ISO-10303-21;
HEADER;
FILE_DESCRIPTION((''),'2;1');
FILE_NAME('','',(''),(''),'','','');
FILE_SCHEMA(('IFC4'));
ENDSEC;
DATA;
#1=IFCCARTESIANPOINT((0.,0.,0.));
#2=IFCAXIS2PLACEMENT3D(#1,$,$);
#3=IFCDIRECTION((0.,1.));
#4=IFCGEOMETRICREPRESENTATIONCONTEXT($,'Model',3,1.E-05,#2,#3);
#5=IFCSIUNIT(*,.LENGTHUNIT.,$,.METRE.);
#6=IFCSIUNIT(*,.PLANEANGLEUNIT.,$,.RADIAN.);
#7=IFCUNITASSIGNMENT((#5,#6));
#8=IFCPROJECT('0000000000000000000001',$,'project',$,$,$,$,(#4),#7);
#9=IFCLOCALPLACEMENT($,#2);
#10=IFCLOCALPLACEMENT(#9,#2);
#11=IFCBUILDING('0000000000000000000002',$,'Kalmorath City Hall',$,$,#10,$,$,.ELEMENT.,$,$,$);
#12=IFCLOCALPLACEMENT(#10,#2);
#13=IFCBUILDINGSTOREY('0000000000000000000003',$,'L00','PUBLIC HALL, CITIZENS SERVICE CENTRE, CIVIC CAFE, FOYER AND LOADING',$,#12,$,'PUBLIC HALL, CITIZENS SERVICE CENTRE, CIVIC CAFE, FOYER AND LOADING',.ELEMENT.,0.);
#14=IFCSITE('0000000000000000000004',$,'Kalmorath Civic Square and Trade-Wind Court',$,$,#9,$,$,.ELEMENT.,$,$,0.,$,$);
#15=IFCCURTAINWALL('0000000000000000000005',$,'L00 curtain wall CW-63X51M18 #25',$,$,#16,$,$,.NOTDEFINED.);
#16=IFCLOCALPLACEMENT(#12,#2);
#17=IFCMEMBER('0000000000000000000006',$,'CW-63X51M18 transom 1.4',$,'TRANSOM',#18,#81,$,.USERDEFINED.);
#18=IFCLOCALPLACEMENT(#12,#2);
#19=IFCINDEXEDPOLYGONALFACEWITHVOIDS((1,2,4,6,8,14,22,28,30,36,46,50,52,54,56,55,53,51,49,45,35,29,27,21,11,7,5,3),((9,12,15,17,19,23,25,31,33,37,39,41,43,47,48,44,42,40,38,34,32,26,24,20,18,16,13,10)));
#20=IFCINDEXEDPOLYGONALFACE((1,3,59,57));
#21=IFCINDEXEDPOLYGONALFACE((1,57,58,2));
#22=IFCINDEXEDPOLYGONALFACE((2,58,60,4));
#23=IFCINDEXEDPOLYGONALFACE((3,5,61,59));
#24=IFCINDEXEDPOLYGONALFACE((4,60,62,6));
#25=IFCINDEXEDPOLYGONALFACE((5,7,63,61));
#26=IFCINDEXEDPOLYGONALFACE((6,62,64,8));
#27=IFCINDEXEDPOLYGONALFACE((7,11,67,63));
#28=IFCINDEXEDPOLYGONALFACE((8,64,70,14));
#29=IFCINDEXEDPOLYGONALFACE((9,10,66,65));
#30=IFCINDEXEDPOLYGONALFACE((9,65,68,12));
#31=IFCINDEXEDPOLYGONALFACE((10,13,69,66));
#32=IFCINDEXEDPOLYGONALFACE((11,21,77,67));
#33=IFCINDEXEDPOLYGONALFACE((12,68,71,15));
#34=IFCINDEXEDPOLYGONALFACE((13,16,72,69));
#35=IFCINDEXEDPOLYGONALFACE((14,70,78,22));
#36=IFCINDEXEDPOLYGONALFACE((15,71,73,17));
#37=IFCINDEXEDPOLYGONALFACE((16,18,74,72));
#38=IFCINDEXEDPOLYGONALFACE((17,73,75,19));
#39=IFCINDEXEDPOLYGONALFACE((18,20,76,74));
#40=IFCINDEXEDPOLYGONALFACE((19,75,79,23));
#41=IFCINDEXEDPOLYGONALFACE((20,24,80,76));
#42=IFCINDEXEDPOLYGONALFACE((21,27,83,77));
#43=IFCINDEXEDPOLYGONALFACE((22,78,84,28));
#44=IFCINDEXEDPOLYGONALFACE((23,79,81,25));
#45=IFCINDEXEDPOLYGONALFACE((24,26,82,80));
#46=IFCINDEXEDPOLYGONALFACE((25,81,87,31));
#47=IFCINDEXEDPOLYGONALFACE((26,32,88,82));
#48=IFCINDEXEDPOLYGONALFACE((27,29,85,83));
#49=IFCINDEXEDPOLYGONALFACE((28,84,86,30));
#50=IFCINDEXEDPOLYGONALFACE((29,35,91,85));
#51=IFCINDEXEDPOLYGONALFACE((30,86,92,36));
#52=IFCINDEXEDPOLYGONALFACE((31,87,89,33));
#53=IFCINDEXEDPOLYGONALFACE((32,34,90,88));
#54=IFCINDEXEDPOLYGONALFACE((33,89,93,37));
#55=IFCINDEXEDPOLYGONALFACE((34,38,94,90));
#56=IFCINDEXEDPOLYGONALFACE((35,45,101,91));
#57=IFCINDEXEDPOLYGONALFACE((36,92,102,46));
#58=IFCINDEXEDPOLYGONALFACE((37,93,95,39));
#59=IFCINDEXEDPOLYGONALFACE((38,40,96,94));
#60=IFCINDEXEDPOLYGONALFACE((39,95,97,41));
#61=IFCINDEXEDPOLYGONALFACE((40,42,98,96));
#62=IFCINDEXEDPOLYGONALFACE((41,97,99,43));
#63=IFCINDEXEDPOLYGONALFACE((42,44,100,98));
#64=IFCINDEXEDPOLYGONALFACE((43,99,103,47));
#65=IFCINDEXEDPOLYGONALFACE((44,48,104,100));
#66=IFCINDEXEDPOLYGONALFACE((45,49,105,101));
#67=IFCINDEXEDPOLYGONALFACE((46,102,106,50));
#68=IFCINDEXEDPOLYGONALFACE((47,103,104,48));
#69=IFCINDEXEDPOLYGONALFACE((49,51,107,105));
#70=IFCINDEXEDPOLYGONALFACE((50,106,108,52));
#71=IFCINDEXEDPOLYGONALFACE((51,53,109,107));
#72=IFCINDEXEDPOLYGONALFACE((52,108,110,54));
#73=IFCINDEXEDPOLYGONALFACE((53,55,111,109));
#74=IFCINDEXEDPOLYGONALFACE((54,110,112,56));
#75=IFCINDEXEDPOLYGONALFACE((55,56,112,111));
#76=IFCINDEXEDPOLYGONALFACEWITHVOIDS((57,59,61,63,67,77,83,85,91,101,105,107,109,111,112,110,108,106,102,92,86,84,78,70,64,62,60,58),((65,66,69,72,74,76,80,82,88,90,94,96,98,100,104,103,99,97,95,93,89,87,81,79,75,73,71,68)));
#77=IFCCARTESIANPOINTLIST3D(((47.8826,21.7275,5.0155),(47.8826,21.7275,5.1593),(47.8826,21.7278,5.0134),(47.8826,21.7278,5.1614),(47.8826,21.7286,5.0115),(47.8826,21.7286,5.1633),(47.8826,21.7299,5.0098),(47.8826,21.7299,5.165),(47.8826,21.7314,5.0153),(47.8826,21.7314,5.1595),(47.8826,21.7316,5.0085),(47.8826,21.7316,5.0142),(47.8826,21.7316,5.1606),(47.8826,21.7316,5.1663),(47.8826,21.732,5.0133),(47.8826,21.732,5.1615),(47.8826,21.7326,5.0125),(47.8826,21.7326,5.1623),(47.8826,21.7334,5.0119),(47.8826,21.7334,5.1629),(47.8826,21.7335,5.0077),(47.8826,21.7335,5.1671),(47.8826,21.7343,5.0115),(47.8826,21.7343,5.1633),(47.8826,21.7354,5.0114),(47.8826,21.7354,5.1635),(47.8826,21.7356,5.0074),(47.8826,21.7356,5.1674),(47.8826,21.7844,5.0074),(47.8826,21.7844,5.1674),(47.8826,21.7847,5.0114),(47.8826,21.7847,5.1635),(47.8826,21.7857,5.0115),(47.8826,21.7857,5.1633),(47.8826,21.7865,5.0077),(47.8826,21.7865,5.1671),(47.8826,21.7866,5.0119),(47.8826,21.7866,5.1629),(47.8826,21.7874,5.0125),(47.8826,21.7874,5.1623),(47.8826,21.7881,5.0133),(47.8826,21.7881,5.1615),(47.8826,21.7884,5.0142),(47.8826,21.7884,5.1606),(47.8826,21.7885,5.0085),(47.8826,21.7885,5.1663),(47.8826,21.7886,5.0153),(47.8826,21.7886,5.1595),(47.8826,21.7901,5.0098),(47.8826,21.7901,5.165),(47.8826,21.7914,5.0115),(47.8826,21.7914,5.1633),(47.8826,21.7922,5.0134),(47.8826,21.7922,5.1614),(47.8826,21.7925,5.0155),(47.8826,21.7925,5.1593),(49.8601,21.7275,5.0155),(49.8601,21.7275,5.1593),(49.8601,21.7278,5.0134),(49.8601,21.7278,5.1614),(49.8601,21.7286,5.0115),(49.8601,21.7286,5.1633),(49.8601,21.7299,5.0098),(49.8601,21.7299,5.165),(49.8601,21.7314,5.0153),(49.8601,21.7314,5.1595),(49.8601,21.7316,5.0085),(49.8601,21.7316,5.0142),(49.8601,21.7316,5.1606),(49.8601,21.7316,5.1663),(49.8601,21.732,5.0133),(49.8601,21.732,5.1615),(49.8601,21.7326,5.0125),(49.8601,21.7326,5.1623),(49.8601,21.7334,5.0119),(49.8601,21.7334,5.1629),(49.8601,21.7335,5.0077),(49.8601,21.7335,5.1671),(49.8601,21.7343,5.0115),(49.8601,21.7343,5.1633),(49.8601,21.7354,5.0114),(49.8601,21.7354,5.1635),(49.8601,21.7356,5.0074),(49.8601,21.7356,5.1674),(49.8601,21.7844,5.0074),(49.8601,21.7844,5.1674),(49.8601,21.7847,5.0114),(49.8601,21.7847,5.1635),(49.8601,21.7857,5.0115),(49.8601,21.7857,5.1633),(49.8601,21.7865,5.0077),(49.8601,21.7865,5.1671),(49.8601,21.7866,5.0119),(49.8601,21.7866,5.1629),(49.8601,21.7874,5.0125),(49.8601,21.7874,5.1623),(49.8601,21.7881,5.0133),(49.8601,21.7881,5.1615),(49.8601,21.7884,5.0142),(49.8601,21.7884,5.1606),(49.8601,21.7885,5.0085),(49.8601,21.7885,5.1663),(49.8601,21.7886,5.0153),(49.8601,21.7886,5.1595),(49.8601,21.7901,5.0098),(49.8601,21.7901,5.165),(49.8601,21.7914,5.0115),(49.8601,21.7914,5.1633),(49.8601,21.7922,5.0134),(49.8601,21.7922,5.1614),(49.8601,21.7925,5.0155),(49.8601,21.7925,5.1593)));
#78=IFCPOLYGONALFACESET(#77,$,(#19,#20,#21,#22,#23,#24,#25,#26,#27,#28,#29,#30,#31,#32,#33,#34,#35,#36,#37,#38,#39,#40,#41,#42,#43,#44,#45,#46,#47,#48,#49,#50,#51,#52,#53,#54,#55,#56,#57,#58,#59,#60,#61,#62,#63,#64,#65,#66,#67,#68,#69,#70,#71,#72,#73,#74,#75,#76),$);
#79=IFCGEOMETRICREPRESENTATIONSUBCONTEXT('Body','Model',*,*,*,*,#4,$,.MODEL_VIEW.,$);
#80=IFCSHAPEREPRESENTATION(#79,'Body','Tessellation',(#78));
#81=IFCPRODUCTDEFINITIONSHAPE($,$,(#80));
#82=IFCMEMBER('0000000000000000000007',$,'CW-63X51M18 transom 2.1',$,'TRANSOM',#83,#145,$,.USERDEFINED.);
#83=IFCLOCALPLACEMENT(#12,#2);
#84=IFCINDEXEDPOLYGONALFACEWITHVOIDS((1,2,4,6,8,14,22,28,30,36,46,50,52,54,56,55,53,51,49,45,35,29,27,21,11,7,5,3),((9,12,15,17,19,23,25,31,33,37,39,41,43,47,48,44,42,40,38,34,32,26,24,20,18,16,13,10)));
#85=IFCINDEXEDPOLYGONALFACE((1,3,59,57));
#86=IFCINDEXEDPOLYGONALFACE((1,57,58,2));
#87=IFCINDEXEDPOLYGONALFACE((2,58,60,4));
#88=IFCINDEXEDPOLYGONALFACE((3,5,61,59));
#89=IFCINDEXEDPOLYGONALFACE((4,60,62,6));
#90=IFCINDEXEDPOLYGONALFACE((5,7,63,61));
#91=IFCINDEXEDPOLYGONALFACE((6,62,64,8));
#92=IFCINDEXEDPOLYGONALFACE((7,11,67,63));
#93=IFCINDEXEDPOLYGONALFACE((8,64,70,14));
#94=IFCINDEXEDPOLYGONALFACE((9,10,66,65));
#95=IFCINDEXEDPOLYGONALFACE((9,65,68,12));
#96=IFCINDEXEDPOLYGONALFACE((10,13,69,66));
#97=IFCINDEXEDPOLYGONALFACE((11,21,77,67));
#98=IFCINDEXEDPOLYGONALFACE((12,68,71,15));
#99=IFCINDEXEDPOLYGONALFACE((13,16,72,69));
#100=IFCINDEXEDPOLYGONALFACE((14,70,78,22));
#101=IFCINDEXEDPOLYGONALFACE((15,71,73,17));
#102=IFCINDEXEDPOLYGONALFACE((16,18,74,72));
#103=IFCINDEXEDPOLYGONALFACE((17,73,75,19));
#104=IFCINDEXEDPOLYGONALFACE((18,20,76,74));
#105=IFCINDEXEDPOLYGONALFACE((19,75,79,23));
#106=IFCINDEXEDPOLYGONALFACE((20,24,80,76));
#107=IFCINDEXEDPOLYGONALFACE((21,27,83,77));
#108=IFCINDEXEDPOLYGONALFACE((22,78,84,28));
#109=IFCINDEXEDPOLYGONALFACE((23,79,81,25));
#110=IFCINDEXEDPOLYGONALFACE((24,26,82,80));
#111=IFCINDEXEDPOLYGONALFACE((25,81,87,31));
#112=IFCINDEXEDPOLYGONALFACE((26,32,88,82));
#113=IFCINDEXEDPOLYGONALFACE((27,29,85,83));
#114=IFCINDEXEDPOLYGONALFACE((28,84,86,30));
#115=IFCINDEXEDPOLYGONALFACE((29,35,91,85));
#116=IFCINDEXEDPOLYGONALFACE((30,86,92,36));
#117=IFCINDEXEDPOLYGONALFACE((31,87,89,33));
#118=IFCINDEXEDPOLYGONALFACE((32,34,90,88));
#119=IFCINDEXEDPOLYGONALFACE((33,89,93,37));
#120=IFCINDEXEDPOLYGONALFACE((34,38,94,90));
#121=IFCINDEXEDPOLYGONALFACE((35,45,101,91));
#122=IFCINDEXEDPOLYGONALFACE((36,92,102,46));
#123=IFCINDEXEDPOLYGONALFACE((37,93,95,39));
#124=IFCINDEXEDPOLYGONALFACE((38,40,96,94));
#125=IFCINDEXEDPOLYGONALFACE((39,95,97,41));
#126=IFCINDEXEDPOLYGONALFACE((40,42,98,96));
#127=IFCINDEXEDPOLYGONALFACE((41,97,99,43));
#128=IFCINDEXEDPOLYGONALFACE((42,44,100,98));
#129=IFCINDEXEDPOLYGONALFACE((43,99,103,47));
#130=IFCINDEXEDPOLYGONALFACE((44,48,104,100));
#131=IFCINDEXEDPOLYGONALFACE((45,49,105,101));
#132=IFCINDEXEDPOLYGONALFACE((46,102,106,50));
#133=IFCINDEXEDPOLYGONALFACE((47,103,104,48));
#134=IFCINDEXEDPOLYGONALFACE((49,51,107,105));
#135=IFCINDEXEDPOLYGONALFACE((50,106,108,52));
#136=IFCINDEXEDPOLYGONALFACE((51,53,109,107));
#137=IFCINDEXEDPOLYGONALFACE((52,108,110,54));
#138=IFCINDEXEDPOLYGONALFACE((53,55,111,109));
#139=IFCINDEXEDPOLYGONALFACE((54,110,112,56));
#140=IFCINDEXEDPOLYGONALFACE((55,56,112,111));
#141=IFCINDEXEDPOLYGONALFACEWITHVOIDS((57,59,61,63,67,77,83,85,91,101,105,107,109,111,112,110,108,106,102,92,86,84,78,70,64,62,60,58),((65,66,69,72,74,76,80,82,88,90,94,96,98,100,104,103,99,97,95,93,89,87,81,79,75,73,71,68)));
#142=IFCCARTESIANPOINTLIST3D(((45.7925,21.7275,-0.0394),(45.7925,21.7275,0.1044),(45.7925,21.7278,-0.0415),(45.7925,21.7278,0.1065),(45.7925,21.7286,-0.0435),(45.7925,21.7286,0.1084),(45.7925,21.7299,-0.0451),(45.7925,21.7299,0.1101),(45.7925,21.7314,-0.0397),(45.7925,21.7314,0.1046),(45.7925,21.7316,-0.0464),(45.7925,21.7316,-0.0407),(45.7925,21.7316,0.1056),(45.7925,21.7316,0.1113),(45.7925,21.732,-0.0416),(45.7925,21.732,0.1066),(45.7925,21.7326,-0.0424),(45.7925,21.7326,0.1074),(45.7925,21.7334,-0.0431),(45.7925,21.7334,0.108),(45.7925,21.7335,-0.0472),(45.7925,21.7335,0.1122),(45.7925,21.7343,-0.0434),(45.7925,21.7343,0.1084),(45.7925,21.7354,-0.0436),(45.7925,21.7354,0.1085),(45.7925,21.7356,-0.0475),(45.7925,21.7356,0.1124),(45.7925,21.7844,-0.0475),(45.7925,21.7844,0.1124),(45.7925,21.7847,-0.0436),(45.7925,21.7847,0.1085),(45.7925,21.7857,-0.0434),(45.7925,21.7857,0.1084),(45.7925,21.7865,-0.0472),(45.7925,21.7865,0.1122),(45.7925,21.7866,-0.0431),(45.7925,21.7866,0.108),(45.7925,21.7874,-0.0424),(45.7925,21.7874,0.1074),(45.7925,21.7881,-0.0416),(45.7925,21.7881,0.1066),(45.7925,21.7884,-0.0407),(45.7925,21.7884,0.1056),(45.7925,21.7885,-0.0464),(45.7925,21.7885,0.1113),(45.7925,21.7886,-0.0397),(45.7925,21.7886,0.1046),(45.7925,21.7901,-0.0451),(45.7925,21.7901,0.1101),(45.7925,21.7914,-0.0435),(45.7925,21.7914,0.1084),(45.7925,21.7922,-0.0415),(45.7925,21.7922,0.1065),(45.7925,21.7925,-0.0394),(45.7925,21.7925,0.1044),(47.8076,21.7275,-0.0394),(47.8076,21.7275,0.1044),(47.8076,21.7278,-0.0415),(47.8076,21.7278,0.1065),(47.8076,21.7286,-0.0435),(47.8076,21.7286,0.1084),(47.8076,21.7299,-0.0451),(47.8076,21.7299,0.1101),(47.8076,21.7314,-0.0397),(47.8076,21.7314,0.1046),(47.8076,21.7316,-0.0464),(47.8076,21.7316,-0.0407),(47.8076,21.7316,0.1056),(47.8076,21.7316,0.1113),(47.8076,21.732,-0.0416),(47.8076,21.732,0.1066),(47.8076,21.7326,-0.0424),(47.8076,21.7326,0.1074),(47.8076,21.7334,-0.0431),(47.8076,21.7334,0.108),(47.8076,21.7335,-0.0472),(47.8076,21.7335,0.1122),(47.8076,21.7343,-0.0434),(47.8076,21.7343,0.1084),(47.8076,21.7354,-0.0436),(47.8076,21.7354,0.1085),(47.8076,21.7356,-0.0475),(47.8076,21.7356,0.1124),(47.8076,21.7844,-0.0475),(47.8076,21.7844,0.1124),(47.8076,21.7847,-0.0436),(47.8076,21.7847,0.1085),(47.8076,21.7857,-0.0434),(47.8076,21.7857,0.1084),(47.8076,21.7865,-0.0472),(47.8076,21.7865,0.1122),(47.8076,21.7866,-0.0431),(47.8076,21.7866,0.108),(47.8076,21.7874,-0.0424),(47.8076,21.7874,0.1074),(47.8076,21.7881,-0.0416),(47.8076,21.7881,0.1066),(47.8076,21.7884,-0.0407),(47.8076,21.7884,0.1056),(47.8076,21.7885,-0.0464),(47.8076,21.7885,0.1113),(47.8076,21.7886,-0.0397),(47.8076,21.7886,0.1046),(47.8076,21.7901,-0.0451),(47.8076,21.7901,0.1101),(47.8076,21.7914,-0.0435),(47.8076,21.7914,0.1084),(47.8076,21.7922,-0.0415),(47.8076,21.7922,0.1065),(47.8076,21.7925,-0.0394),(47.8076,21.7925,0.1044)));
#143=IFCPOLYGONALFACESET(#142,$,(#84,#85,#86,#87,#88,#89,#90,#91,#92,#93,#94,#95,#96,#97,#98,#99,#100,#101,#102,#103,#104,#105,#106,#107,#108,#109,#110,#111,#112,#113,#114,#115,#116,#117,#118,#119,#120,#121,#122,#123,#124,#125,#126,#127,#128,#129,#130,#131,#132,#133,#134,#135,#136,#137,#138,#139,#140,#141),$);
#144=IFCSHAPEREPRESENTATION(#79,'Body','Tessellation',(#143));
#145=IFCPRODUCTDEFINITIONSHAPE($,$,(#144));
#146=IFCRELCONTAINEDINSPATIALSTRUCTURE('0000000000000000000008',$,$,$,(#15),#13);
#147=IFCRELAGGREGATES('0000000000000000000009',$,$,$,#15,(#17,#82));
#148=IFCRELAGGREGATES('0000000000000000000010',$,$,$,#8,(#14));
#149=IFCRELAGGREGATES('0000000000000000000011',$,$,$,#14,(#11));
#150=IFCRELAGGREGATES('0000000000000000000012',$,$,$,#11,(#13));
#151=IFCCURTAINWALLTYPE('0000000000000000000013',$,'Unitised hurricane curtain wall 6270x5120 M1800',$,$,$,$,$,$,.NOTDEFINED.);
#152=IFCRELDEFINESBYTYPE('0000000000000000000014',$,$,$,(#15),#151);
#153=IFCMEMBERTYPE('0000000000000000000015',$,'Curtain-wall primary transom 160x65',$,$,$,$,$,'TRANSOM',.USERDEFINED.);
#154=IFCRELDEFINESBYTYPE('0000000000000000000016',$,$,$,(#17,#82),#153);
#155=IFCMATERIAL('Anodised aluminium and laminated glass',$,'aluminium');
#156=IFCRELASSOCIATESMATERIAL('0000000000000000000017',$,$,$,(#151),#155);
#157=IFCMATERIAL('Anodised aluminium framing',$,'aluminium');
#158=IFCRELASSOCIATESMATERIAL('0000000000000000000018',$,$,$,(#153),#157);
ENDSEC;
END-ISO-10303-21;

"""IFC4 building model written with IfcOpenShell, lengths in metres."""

from ifc_helpers import new_model, si_unit, direction, frame, origin, origin_2d, place, context, subcontext, project, spatial, hollow_rectangle, extrude, material, material_profile, profile_set, type_object, element, aggregate, save


model = new_model("IFC4")

# Units and contexts
model_context = context("Model", 3, precision=1e-05, world=origin(), true_north=direction((0.0, 1.0)))
body_context = subcontext(model_context, "Body", "Model", "MODEL_VIEW")
ifc_project = project(units=[si_unit("LENGTHUNIT", "METRE"), si_unit("PLANEANGLEUNIT", "RADIAN")], contexts=[model_context])

# Site, building, storey
site_placement = place(None, origin())
site = spatial("IfcSite", under=ifc_project, at=site_placement, Name="Kalmorath Civic Square and Trade-Wind Court", CompositionType="ELEMENT", RefElevation=0.0)
building_placement = place(site_placement, origin())
building = spatial("IfcBuilding", under=site, at=building_placement, Name="Kalmorath City Hall", CompositionType="ELEMENT")
storey_placement = place(building_placement, origin())
storey = spatial("IfcBuildingStorey", under=building, at=storey_placement, Name="L00", Description="PUBLIC HALL, CITIZENS SERVICE CENTRE, CIVIC CAFE, FOYER AND LOADING", LongName="PUBLIC HALL, CITIZENS SERVICE CENTRE, CIVIC CAFE, FOYER AND LOADING", CompositionType="ELEMENT", Elevation=0.0)

# Curtain wall, members
ifc_material_1 = material(Name="Anodised aluminium and laminated glass", Category="aluminium")
curtain_wall_type = type_object("IfcCurtainWallType", Name="Unitised hurricane curtain wall 6270x5120 M1800", PredefinedType="NOTDEFINED", material=ifc_material_1)
curtain_wall_placement = place(storey_placement, origin())
curtain_wall = element("IfcCurtainWall", 1, at=curtain_wall_placement, inside=storey, type_object=curtain_wall_type, Name="L00 curtain wall CW-63X51M18 #25", PredefinedType="NOTDEFINED")
ifc_material_2 = material(Name="Anodised aluminium framing", Category="aluminium")
ifc_material_profile_1 = material_profile(ifc_material_2, hollow_rectangle(XDim=0.0649, YDim=0.1599, WallThickness=0.0039, InnerFilletRadius=0.0039, OuterFilletRadius=0.0081, at=origin_2d()), Name="ALU-TRN-160X65X4")
ifc_profile_set_1 = profile_set([ifc_material_profile_1], Name="Anodised aluminium framing")
member_type_1 = type_object("IfcMemberType", Name="Curtain-wall primary transom 160x65", ElementType="TRANSOM", PredefinedType="USERDEFINED", material=ifc_profile_set_1)
member_1_placement = place(storey_placement, frame((49.8601, 21.76, 5.0874), z_axis=(-1.0, 0.0, 0.0), x_axis=(0.0, -1.0, 0.0)))
member_1 = element("IfcMember", 2, at=member_1_placement, type_object=member_type_1, Name="CW-63X51M18 transom 1.4", ObjectType="TRANSOM", PredefinedType="USERDEFINED", context=body_context, shape_type="SweptSolid", body=[
    extrude(hollow_rectangle(XDim=0.0649, YDim=0.1599, WallThickness=0.0039, InnerFilletRadius=0.0039, OuterFilletRadius=0.0081, at=origin_2d()), origin(), (0.0, 0.0, 1.0), 1.9775),
])
member_2_placement = place(storey_placement, frame((47.8076, 21.76, 0.0325), z_axis=(-1.0, 0.0, 0.0), x_axis=(0.0, -1.0, 0.0)))
member_2 = element("IfcMember", 3, at=member_2_placement, type_object=member_type_1, Name="CW-63X51M18 transom 2.1", ObjectType="TRANSOM", PredefinedType="USERDEFINED", context=body_context, shape_type="SweptSolid", body=[
    extrude(hollow_rectangle(XDim=0.0649, YDim=0.1599, WallThickness=0.0039, InnerFilletRadius=0.0039, OuterFilletRadius=0.0081, at=origin_2d()), origin(), (0.0, 0.0, 1.0), 2.0151),
])

aggregate(curtain_wall, [member_1, member_2])

save(model, "model.ifc")
